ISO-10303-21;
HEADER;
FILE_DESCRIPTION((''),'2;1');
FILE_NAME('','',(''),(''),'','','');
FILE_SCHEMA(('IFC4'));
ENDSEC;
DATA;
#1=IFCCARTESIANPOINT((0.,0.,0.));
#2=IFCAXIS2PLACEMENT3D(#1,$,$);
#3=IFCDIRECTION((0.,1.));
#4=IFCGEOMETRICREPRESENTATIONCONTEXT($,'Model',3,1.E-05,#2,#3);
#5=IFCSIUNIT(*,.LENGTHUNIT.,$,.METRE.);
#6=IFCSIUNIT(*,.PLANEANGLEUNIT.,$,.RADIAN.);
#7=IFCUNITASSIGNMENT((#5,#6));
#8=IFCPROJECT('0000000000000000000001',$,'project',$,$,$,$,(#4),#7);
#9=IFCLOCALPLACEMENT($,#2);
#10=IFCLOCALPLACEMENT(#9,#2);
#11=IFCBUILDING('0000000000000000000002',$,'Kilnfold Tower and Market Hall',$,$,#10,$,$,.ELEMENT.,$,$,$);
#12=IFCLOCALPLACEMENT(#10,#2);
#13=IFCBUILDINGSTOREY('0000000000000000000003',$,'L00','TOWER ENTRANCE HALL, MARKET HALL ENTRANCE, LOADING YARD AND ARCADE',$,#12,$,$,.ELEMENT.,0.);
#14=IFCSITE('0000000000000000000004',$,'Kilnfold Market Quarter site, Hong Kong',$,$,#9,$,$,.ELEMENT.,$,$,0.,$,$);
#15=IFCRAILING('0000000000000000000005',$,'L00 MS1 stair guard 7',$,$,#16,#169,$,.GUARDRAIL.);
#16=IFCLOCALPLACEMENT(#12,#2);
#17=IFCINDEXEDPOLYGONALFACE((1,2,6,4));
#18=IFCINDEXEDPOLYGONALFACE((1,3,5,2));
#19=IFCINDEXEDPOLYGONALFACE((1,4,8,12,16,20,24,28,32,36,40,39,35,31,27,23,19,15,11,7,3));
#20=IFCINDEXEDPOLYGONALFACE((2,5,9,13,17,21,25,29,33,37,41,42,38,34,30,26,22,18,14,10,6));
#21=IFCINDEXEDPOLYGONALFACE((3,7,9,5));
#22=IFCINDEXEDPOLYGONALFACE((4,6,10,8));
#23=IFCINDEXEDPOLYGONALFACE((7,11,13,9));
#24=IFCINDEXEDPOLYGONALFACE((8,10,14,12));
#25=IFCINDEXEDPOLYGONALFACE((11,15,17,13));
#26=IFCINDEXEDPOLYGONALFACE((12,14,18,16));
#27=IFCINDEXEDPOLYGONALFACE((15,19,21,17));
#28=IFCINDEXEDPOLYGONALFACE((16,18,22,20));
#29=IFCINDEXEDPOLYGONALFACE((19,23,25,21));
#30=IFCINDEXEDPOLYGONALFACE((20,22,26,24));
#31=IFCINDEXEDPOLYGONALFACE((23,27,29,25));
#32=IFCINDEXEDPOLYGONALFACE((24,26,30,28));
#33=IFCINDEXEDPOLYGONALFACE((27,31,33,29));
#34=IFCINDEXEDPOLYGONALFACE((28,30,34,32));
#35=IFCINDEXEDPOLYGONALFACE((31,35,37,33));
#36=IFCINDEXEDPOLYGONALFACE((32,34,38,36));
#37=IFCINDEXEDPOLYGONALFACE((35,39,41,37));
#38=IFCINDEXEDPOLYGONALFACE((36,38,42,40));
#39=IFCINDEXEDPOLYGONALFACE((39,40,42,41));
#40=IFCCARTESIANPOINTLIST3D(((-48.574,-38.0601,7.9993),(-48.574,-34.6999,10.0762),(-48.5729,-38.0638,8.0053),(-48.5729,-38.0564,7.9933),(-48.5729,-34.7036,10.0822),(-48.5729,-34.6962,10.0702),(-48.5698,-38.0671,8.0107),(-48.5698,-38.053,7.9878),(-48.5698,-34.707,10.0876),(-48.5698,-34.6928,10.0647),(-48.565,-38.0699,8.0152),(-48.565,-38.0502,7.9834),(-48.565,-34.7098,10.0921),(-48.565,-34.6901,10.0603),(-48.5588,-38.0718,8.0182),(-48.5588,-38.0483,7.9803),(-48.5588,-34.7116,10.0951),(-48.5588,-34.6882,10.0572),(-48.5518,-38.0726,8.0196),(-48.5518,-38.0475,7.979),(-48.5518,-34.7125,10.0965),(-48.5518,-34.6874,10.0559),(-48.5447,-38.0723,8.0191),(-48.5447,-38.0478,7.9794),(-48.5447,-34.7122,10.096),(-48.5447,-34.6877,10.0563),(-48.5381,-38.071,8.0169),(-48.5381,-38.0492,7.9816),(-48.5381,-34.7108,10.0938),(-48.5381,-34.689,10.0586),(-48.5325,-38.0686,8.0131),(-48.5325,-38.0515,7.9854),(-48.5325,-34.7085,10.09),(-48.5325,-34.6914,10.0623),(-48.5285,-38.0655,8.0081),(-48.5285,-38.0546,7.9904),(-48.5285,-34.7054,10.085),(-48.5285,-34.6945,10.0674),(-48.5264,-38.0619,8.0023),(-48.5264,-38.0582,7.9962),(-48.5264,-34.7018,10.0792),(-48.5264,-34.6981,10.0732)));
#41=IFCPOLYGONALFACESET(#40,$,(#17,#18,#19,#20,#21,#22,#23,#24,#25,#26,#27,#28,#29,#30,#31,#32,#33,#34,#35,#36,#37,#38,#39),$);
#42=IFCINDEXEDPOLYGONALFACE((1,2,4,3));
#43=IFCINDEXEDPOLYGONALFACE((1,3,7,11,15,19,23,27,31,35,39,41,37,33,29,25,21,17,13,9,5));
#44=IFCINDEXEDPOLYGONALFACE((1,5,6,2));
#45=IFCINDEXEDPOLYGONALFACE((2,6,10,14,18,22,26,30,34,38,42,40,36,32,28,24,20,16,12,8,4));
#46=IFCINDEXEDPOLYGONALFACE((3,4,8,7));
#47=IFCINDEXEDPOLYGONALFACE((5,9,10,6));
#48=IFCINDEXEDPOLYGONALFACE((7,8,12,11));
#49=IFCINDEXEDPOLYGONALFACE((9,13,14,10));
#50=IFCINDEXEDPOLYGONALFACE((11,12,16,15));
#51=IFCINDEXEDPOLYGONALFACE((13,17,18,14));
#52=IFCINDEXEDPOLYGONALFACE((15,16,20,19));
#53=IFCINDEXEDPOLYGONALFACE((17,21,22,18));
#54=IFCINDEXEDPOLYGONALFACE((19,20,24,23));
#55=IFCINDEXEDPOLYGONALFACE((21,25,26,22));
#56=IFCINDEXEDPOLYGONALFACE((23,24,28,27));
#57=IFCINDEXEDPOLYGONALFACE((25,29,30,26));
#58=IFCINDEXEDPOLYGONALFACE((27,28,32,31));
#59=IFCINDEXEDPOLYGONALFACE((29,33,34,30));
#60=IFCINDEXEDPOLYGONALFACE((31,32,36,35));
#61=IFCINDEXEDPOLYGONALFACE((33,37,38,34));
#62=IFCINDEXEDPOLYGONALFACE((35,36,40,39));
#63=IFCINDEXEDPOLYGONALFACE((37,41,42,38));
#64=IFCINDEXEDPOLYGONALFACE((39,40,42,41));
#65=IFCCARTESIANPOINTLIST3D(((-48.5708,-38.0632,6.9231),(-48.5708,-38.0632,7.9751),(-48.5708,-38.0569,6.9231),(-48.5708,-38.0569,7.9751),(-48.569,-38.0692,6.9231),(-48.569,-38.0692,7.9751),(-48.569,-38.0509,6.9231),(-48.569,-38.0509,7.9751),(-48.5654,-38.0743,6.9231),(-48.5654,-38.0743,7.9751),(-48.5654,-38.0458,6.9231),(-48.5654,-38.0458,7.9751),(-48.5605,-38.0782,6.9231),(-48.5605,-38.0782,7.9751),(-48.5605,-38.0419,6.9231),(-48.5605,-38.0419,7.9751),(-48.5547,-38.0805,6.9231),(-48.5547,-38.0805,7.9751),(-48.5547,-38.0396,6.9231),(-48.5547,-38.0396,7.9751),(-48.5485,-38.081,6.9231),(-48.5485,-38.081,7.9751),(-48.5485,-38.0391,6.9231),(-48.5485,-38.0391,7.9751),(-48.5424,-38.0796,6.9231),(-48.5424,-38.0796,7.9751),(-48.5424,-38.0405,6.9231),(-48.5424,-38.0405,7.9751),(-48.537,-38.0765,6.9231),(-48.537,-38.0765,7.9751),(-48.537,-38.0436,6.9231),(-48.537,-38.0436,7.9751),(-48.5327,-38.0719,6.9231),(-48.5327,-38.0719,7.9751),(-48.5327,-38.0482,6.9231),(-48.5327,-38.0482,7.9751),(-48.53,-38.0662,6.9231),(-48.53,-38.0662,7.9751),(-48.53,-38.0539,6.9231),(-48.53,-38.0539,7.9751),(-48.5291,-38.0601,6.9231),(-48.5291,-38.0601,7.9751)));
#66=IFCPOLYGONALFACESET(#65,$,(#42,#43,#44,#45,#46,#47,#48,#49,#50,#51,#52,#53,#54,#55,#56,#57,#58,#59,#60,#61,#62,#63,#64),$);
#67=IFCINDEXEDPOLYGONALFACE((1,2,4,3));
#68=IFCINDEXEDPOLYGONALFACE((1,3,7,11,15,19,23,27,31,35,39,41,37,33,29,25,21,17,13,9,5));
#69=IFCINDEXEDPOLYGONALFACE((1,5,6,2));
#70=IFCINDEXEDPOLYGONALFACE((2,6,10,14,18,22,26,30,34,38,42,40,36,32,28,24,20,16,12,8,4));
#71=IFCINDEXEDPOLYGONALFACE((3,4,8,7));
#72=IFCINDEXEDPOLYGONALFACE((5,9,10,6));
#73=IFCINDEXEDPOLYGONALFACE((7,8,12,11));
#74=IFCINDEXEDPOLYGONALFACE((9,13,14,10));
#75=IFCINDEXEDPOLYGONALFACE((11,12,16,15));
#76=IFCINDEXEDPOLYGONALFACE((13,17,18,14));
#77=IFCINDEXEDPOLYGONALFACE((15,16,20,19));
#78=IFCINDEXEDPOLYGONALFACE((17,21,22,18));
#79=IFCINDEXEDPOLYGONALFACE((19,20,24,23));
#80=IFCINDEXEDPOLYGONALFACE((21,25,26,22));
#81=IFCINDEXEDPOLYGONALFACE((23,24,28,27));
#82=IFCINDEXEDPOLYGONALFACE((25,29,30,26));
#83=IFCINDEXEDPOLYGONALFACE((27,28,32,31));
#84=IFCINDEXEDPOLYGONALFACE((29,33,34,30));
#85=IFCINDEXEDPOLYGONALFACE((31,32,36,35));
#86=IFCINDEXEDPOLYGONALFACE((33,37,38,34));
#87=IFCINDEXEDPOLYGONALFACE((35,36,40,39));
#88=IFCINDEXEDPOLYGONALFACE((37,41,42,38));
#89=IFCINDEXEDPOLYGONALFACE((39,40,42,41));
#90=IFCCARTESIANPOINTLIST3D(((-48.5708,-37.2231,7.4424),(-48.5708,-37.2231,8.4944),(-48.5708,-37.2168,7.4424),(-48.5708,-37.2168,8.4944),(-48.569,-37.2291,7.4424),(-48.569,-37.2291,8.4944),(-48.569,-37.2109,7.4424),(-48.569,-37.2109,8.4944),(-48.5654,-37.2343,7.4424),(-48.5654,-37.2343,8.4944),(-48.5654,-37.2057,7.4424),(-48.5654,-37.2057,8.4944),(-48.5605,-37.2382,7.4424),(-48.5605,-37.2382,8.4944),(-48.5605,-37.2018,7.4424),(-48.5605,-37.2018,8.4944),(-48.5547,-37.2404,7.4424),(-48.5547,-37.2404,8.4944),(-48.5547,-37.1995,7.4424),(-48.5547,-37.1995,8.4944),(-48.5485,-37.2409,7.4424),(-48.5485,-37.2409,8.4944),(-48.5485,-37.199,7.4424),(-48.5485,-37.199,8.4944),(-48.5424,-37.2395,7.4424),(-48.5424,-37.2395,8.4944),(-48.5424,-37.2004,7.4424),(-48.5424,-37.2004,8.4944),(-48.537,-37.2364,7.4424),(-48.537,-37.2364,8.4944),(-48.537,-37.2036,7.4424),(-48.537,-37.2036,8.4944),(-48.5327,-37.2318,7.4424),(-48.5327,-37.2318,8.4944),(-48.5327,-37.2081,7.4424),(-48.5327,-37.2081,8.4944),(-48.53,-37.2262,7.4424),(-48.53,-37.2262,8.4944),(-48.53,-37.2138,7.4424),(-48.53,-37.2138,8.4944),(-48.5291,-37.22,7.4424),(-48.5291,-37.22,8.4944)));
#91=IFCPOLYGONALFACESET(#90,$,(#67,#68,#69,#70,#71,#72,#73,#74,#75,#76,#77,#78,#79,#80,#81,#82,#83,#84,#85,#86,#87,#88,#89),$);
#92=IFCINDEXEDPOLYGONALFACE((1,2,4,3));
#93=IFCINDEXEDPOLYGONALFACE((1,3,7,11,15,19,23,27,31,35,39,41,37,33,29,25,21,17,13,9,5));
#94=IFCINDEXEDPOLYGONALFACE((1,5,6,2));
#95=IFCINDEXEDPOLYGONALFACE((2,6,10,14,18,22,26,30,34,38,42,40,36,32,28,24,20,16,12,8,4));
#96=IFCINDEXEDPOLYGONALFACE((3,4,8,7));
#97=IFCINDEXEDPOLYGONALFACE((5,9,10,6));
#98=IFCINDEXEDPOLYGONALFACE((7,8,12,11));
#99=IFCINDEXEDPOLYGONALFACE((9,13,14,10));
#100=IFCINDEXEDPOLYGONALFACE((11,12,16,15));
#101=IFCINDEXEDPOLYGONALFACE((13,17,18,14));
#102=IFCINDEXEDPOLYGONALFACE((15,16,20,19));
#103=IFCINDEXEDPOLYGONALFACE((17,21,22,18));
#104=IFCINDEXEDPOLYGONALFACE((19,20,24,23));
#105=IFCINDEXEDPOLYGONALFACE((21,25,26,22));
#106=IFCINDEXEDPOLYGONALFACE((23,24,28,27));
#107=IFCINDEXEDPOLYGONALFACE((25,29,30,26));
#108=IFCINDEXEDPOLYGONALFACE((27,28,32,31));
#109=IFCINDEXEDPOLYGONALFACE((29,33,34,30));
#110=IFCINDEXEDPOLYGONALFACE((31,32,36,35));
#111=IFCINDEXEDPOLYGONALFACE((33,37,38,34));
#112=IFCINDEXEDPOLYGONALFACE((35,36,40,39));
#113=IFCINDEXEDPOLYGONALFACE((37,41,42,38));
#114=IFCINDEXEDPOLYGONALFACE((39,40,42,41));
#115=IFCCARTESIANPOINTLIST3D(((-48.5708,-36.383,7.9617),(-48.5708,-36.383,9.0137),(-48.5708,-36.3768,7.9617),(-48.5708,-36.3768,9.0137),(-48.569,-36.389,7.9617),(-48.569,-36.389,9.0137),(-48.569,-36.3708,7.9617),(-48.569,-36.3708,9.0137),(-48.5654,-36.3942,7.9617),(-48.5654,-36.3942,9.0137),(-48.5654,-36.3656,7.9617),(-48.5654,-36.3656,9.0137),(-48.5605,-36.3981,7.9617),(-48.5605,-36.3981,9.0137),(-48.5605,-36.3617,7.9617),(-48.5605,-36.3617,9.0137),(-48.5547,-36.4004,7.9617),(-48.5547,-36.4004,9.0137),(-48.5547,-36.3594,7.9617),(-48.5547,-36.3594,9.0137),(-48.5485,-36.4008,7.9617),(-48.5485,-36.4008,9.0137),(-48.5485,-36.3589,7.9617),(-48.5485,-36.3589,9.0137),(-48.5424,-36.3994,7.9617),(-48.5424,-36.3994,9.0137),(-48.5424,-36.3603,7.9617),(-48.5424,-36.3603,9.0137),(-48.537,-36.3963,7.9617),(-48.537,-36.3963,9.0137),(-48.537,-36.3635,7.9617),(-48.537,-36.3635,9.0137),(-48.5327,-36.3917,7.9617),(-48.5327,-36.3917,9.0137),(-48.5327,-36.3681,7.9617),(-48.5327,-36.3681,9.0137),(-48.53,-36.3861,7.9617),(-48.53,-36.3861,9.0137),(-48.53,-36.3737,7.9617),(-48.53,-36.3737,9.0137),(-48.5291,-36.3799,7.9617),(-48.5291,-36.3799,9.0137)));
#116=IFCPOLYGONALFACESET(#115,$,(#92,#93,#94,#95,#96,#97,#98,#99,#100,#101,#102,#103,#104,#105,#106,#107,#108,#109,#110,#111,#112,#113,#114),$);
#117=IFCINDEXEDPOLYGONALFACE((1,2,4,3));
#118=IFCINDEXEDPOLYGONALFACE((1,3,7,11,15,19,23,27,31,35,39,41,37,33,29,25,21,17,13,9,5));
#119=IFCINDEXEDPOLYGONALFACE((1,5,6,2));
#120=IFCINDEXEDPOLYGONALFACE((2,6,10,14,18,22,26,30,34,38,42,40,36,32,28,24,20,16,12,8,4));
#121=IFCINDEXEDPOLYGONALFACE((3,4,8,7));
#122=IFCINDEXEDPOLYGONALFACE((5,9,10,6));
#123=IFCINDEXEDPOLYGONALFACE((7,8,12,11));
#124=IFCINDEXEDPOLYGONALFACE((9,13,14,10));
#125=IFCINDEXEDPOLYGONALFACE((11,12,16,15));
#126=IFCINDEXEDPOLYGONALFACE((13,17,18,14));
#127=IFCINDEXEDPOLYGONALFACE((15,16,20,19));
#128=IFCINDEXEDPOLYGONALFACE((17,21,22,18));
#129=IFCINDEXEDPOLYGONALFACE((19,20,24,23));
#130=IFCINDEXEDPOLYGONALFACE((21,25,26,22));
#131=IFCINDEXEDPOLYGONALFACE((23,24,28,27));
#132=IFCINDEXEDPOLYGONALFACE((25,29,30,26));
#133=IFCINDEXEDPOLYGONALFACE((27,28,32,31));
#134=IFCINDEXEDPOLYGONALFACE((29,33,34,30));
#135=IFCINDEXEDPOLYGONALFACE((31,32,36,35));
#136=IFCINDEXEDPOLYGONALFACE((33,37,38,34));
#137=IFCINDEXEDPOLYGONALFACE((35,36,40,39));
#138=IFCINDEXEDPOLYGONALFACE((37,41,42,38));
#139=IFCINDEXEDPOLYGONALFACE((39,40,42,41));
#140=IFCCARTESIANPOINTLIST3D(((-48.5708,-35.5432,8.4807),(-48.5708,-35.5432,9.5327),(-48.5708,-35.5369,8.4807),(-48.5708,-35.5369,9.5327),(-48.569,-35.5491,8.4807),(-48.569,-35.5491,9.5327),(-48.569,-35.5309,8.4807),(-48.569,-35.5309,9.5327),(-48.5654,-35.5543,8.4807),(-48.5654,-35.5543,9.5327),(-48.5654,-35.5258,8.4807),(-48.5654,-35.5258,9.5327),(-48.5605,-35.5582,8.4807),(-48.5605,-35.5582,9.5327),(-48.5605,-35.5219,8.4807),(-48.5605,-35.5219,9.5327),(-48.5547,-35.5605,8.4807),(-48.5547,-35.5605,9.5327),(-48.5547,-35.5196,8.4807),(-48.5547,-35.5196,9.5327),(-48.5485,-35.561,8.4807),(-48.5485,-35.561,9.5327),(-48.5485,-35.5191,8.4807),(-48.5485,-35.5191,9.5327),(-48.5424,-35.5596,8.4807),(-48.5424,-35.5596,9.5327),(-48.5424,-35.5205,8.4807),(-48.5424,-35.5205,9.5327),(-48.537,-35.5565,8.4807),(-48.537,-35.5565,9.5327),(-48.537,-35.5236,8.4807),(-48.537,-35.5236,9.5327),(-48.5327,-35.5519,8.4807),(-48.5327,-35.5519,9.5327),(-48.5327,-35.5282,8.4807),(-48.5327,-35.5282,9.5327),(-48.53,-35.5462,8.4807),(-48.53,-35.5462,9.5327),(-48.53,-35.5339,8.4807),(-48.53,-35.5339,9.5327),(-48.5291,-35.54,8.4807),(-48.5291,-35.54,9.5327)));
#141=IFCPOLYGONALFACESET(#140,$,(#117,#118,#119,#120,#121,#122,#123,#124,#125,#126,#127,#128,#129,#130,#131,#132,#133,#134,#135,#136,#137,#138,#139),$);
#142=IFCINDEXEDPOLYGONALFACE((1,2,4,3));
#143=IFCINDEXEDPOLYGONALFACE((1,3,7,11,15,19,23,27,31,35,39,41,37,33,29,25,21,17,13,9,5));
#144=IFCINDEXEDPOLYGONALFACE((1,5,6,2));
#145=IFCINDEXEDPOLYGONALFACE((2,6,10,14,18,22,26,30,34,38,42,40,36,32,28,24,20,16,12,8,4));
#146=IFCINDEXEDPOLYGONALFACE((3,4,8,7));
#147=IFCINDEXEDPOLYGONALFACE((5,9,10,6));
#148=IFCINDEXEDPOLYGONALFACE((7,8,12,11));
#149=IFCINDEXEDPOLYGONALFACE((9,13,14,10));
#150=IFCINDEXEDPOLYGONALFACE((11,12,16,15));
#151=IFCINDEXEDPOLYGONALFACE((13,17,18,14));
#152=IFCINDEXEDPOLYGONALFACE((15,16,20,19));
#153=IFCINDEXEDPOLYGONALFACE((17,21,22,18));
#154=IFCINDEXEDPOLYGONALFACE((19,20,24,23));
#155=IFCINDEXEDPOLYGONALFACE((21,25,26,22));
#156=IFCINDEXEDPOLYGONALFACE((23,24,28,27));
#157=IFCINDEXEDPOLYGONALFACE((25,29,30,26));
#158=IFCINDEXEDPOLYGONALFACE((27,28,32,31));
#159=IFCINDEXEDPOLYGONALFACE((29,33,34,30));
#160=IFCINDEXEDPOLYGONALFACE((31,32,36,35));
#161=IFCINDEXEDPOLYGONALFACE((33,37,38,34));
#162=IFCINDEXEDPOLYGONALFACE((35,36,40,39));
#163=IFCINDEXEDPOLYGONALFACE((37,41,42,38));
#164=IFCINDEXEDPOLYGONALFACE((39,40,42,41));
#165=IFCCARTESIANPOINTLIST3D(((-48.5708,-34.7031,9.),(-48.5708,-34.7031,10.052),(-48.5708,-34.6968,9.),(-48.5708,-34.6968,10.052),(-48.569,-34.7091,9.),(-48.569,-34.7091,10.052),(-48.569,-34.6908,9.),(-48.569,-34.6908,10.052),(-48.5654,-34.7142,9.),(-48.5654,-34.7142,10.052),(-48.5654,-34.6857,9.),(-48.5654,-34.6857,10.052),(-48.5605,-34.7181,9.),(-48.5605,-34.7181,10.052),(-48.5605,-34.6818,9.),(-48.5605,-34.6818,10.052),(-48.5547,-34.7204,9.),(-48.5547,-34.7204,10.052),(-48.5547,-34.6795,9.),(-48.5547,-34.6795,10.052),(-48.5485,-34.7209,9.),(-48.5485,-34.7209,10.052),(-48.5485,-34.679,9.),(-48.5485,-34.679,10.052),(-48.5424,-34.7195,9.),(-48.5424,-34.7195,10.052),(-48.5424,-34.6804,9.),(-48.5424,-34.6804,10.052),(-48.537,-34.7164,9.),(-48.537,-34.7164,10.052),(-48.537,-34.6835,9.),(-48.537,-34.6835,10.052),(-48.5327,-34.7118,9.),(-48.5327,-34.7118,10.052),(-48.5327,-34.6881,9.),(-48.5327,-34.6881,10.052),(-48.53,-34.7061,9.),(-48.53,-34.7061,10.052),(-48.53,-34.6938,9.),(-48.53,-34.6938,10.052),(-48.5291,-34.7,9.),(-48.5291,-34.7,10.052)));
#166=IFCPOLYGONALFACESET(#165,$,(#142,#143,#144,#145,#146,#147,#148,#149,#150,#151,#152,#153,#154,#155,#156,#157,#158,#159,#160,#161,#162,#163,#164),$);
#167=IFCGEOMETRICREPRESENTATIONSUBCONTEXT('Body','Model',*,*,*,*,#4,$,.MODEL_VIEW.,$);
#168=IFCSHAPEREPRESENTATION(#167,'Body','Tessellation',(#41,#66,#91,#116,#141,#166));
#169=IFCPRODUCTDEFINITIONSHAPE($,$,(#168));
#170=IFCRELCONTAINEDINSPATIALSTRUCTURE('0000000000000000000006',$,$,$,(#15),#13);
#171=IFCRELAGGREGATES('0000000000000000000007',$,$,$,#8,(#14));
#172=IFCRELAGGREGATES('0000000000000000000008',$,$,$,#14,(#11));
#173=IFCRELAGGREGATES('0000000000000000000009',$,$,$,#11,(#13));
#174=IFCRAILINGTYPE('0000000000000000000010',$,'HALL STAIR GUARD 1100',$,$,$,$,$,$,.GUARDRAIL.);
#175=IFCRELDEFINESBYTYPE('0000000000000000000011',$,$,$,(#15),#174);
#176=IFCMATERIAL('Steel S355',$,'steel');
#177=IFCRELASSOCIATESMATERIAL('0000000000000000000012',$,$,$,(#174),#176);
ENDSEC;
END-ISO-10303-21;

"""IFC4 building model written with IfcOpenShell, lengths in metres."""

from ifc_helpers import new_model, si_unit, direction, frame, origin, origin_2d, place, context, subcontext, project, spatial, circle, extrude, material, type_object, element, save


model = new_model("IFC4")

# Units and contexts
model_context = context("Model", 3, precision=1e-05, world=origin(), true_north=direction((0.0, 1.0)))
body_context = subcontext(model_context, "Body", "Model", "MODEL_VIEW")
ifc_project = project(units=[si_unit("LENGTHUNIT", "METRE"), si_unit("PLANEANGLEUNIT", "RADIAN")], contexts=[model_context])

# Site, building, storey
site_placement = place(None, origin())
site = spatial("IfcSite", under=ifc_project, at=site_placement, Name="Kilnfold Market Quarter site, Hong Kong", CompositionType="ELEMENT", RefElevation=0.0)
building_placement = place(site_placement, origin())
building = spatial("IfcBuilding", under=site, at=building_placement, Name="Kilnfold Tower and Market Hall", CompositionType="ELEMENT")
storey_placement = place(building_placement, origin())
storey = spatial("IfcBuildingStorey", under=building, at=storey_placement, Name="L00", Description="TOWER ENTRANCE HALL, MARKET HALL ENTRANCE, LOADING YARD AND ARCADE", CompositionType="ELEMENT", Elevation=0.0)

# Railing
ifc_material_1 = material(Name="Steel S355", Category="steel")
railing_type_1 = type_object("IfcRailingType", Name="HALL STAIR GUARD 1100", PredefinedType="GUARDRAIL", material=ifc_material_1)
for number, where, name in (
    (1, (-48.55, -38.0601, 6.9231), "L00 MS1 stair guard 7"),
):
    element("IfcRailing", number, at=place(storey_placement, frame(where)), inside=storey, type_object=railing_type_1, Name=name, PredefinedType="GUARDRAIL", context=body_context, shape_type="SweptSolid", body=[
        extrude(circle(Radius=0.0239, at=origin_2d()), frame((0.0, 0.0, 1.0762), z_axis=(0.0, 0.850623, 0.525776), x_axis=(-1.0, 0.0, 0.0)), (0.0, 0.0, 1.0), 3.9502),
        extrude(circle(Radius=0.021, at=origin_2d()), origin(), (0.0, 0.0, 1.0), 1.052),
        extrude(circle(Radius=0.021, at=origin_2d()), frame((0.0, 0.8401, 0.5193)), (0.0, 0.0, 1.0), 1.052),
        extrude(circle(Radius=0.021, at=origin_2d()), frame((0.0, 1.6802, 1.0386)), (0.0, 0.0, 1.0), 1.052),
        extrude(circle(Radius=0.021, at=origin_2d()), frame((0.0, 2.52, 1.5576)), (0.0, 0.0, 1.0), 1.052),
        extrude(circle(Radius=0.021, at=origin_2d()), frame((0.0, 3.3601, 2.0769)), (0.0, 0.0, 1.0), 1.052),
    ])

save(model, "model.ifc")
